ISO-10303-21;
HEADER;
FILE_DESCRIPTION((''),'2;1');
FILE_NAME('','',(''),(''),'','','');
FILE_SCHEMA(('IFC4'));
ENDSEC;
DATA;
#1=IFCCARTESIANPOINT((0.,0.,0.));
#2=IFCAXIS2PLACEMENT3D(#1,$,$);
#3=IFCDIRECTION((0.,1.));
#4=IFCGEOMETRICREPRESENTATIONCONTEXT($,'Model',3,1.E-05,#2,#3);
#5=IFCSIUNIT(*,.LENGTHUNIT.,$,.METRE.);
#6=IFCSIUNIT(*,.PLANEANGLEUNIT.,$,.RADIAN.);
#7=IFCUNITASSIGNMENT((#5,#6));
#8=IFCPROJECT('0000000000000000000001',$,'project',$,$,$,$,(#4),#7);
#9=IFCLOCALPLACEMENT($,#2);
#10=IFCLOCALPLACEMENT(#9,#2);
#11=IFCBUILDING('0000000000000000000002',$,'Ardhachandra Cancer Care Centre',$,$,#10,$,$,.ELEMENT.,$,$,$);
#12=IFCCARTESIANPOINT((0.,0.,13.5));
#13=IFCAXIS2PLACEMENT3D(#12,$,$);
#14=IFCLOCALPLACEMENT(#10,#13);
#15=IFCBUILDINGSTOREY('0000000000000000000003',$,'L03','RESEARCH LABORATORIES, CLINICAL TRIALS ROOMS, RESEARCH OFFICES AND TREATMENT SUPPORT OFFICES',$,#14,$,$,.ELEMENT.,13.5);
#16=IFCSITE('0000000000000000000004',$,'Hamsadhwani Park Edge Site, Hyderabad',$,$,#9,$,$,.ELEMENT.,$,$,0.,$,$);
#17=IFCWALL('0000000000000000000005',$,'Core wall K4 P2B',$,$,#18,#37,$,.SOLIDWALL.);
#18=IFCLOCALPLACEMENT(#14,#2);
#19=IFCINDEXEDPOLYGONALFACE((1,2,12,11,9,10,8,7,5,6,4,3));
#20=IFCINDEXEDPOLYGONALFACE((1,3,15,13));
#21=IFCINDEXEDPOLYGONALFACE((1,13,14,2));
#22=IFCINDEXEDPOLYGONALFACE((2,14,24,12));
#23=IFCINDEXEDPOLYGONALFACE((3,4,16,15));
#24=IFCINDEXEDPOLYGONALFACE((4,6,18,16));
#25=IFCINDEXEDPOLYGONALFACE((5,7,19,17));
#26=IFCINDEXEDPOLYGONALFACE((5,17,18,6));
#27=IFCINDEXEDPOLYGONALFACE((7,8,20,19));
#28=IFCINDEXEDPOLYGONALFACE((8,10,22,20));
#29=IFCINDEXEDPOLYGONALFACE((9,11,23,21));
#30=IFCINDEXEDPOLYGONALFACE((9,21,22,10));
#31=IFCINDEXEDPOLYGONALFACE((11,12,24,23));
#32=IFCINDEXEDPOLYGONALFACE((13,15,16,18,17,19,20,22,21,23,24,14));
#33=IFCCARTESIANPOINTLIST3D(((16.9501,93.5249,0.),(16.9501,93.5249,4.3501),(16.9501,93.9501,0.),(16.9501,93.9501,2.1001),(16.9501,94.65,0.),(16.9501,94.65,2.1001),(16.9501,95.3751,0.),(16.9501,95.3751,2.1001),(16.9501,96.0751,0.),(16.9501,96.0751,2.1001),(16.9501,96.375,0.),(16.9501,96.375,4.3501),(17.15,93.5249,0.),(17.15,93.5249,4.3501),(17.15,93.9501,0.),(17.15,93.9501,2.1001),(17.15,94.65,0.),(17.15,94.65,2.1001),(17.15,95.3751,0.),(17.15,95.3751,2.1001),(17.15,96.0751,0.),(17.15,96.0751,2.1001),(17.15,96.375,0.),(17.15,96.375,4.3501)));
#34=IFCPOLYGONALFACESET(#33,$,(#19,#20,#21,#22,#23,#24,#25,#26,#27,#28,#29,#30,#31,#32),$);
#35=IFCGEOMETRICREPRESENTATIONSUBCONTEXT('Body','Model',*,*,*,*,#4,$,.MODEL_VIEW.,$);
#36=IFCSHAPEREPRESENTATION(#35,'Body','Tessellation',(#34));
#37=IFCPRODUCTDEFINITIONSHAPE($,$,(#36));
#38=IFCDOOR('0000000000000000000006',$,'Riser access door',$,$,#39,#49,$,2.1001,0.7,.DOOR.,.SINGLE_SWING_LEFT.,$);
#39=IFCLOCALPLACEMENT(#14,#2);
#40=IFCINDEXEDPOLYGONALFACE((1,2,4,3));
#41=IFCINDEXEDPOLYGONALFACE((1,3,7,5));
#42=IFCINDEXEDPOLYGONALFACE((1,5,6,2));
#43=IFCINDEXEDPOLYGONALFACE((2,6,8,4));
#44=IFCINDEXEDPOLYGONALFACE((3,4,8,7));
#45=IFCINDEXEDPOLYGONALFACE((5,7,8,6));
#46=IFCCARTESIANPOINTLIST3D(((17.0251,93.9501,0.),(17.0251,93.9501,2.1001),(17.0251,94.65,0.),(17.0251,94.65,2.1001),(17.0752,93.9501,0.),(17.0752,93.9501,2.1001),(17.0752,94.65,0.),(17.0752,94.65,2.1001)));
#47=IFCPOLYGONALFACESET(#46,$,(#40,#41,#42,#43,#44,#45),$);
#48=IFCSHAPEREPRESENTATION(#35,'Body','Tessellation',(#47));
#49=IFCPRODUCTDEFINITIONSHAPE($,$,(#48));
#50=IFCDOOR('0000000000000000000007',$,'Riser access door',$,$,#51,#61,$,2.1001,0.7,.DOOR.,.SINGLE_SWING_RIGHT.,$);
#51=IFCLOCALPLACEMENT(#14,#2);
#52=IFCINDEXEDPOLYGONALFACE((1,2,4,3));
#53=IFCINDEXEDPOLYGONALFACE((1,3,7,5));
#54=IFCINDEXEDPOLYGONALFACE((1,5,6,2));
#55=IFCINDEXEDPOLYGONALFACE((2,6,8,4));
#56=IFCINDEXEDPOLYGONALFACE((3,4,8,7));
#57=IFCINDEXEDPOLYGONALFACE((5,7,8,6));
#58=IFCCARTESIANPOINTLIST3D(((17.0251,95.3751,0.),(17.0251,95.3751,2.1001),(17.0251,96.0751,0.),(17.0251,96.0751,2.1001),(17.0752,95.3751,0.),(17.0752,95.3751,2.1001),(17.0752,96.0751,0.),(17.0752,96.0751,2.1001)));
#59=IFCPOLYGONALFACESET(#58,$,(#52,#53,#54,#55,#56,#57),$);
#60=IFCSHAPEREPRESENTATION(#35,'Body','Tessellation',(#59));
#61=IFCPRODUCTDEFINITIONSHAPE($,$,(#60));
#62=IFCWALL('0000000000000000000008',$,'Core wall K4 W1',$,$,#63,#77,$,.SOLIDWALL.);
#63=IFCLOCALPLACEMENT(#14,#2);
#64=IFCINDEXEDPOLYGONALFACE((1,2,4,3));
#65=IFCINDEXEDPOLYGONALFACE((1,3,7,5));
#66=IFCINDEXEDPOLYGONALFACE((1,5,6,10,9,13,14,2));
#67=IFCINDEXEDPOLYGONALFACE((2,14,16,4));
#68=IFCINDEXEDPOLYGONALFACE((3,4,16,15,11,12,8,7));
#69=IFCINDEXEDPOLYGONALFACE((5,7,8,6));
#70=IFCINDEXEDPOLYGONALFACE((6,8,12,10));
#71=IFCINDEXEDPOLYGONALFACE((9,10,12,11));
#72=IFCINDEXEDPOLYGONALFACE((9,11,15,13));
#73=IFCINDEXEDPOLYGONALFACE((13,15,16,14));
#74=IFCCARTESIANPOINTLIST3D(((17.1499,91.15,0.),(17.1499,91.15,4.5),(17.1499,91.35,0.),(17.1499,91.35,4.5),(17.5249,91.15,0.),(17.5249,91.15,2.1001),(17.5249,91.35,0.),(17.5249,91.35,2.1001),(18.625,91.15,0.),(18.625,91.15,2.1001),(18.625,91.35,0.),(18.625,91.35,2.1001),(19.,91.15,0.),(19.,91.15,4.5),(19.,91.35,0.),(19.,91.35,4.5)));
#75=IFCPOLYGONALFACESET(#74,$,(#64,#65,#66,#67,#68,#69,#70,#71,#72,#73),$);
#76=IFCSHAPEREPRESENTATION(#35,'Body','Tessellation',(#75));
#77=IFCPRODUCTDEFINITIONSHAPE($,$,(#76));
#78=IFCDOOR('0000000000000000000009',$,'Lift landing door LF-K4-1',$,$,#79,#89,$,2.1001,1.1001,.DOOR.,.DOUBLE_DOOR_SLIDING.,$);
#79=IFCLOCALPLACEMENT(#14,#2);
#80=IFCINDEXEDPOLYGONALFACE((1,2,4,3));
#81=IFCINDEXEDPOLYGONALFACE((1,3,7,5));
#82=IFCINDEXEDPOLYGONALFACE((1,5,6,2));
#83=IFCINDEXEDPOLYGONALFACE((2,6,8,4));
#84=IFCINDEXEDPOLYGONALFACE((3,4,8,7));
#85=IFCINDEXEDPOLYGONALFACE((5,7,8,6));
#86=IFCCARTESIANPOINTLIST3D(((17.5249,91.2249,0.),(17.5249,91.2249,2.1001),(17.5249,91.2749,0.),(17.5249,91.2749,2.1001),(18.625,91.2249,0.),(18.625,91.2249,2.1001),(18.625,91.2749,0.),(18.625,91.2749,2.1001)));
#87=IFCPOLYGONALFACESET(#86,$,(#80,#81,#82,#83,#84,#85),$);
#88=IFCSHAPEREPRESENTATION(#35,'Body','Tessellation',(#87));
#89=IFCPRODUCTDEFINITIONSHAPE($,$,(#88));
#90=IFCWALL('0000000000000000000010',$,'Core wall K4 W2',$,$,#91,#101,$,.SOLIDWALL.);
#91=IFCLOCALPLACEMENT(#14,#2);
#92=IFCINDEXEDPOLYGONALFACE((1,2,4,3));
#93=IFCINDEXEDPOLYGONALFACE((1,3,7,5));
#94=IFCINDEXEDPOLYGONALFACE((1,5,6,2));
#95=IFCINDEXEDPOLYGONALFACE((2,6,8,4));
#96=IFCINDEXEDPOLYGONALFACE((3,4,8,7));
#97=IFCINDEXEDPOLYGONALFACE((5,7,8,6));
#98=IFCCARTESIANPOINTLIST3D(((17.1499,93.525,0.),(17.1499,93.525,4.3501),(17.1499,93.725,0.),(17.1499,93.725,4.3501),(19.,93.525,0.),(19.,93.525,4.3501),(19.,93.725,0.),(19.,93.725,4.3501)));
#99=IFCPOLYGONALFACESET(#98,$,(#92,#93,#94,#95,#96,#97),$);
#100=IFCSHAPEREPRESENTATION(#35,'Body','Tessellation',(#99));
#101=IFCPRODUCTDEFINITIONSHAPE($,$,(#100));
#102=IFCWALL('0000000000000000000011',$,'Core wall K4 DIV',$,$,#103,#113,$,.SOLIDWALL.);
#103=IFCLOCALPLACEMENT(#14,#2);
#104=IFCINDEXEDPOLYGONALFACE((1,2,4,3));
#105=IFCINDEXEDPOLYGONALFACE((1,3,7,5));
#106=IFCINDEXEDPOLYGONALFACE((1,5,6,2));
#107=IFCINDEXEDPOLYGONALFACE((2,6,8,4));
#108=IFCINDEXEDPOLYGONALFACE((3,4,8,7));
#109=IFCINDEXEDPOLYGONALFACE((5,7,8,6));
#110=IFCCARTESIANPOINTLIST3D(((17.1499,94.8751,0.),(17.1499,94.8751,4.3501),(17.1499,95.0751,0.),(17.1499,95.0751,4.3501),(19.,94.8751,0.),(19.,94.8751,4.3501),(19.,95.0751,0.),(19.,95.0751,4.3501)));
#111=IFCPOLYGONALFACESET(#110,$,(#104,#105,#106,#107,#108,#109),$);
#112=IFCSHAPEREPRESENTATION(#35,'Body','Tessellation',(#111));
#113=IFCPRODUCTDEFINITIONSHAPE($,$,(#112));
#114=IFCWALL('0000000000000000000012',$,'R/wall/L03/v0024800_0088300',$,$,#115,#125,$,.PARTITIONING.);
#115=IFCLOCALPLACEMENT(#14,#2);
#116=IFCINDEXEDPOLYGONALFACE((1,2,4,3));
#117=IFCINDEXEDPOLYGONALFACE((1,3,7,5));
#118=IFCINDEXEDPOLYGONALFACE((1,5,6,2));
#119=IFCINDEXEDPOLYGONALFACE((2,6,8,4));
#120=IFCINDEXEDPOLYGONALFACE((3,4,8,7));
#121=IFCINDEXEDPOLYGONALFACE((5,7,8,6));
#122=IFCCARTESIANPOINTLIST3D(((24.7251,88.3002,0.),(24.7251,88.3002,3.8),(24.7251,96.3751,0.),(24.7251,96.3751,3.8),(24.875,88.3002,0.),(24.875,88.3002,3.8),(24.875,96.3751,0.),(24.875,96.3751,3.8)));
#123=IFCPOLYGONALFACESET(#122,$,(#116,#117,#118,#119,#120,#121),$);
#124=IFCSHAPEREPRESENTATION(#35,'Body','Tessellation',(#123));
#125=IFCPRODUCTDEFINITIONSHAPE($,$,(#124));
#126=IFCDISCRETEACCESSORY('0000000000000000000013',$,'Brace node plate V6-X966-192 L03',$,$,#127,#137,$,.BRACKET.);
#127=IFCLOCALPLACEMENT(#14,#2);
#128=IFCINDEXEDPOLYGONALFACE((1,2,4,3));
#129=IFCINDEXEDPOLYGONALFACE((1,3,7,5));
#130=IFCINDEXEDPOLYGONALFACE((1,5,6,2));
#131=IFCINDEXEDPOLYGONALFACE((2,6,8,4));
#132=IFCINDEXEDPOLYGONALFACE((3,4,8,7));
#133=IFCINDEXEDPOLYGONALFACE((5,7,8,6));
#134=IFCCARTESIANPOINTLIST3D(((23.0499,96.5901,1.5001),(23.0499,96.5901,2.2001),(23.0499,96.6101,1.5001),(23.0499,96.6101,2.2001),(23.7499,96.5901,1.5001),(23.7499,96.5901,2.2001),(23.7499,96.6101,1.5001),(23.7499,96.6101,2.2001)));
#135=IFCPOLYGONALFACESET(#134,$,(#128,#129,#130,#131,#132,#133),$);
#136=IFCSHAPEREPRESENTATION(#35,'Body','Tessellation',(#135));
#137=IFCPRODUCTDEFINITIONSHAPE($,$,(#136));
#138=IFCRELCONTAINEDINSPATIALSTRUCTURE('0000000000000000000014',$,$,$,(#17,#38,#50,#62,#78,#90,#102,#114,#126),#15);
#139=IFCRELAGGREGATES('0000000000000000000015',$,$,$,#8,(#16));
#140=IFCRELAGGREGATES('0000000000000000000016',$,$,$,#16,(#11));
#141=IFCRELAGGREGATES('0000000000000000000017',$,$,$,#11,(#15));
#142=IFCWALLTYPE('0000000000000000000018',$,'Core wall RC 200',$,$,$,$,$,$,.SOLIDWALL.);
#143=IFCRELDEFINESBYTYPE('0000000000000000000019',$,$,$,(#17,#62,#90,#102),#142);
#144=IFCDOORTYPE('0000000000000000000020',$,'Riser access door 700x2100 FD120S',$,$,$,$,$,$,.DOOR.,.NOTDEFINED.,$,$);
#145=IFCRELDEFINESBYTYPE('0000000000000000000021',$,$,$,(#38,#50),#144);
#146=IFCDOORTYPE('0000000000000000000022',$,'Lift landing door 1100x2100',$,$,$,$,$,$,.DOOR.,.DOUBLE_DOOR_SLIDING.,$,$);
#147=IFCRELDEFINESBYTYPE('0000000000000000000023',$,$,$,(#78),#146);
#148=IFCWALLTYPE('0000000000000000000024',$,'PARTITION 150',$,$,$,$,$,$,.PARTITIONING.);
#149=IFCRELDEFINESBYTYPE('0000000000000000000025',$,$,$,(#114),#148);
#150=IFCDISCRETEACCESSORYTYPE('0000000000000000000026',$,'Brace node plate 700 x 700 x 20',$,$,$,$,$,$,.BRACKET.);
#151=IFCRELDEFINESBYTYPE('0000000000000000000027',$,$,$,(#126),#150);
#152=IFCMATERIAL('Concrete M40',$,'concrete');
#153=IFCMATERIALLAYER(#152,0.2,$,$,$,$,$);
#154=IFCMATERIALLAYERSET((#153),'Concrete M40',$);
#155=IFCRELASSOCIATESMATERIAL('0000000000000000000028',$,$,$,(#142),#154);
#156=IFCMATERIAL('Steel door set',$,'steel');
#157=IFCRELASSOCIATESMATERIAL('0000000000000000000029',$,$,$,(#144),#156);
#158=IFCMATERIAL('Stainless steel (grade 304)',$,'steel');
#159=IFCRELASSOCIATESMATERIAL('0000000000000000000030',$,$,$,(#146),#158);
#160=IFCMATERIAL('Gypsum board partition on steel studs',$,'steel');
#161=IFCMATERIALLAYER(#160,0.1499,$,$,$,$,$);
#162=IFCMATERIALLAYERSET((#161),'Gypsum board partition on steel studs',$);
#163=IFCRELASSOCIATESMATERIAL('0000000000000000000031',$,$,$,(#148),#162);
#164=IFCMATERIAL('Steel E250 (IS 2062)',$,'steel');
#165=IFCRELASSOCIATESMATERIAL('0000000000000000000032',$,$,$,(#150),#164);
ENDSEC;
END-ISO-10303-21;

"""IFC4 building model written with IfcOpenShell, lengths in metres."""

from ifc_helpers import new_model, si_unit, direction, frame, frame_2d, origin, origin_2d, place, context, subcontext, project, spatial, rectangle, extrude, material, layer, layer_set, material_profile, profile_set, type_object, element, fill, save


model = new_model("IFC4")

# Units and contexts
model_context = context("Model", 3, precision=1e-05, world=origin(), true_north=direction((0.0, 1.0)))
body_context = subcontext(model_context, "Body", "Model", "MODEL_VIEW")
ifc_project = project(units=[si_unit("LENGTHUNIT", "METRE"), si_unit("PLANEANGLEUNIT", "RADIAN")], contexts=[model_context])

# Site, building, storey
site_placement = place(None, origin())
site = spatial("IfcSite", under=ifc_project, at=site_placement, Name="Hamsadhwani Park Edge Site, Hyderabad", CompositionType="ELEMENT", RefElevation=0.0)
building_placement = place(site_placement, origin())
building = spatial("IfcBuilding", under=site, at=building_placement, Name="Ardhachandra Cancer Care Centre", CompositionType="ELEMENT")
storey_placement = place(building_placement, frame((0.0, 0.0, 13.5)))
storey = spatial("IfcBuildingStorey", under=building, at=storey_placement, Name="L03", Description="RESEARCH LABORATORIES, CLINICAL TRIALS ROOMS, RESEARCH OFFICES AND TREATMENT SUPPORT OFFICES", CompositionType="ELEMENT", Elevation=13.5)

# Shared definitions
ifc_material_1 = material(Name="Concrete M40", Category="concrete")
ifc_layer_1 = layer(ifc_material_1, 0.2)
ifc_layer_set_1 = layer_set([ifc_layer_1], Name="Concrete M40")
wall_type_1 = type_object("IfcWallType", Name="Core wall RC 200", PredefinedType="SOLIDWALL", material=ifc_layer_set_1)

# Wall, openings, doors
wall_1_placement = place(storey_placement, frame((17.05, 93.5249, 0.0), z_axis=(0.0, 0.0, 1.0), x_axis=(0.0, 1.0, 0.0)))
wall_1 = element("IfcWall", 1, at=wall_1_placement, inside=storey, type_object=wall_type_1, Name="Core wall K4 P2B", PredefinedType="SOLIDWALL", context=body_context, shape_type="SweptSolid", body=[
    extrude(rectangle(XDim=2.8501, YDim=0.2, at=frame_2d((1.425, 0.0))), origin(), (0.0, 0.0, 1.0), 4.3501),
])
opening_1_placement = place(wall_1_placement, frame((0.425, 0.0, 0.0)))
opening_1 = element("IfcOpeningElement", 2, at=opening_1_placement, cuts=wall_1, PredefinedType="OPENING", context=body_context, shape_type="SweptSolid", body=[
    extrude(rectangle(XDim=0.7, YDim=2.1001, at=frame_2d((0.3501, 1.05))), frame((0.0, 0.1099, 0.0), z_axis=(0.0, -1.0, 0.0), x_axis=(1.0, 0.0, 0.0)), (0.0, 0.0, 1.0), 0.22),
])
opening_2_placement = place(wall_1_placement, frame((1.8501, 0.0, 0.0)))
opening_2 = element("IfcOpeningElement", 3, at=opening_2_placement, cuts=wall_1, PredefinedType="OPENING", context=body_context, shape_type="SweptSolid", body=[
    extrude(rectangle(XDim=0.7, YDim=2.1001, at=frame_2d((0.3501, 1.05))), frame((0.0, 0.1099, 0.0), z_axis=(0.0, -1.0, 0.0), x_axis=(1.0, 0.0, 0.0)), (0.0, 0.0, 1.0), 0.22),
])
ifc_material_2 = material(Name="Steel door set", Category="steel")
door_type_1 = type_object("IfcDoorType", Name="Riser access door 700x2100 FD120S", OperationType="NOTDEFINED", PredefinedType="DOOR", material=ifc_material_2)
door_1_placement = place(opening_1_placement, origin())
door_1 = element("IfcDoor", 4, at=door_1_placement, inside=storey, type_object=door_type_1, Name="Riser access door", OperationType="SINGLE_SWING_LEFT", OverallHeight=2.1001, OverallWidth=0.7, PredefinedType="DOOR", context=body_context, shape_type="SweptSolid", body=[
    extrude(rectangle(XDim=0.7, YDim=2.1001, at=frame_2d((0.3501, 1.05))), frame((0.0, 0.0249, 0.0), z_axis=(0.0, -1.0, 0.0), x_axis=(1.0, 0.0, 0.0)), (0.0, 0.0, 1.0), 0.05),
])
fill(opening_1, door_1)
door_2_placement = place(opening_2_placement, origin())
door_2 = element("IfcDoor", 5, at=door_2_placement, inside=storey, type_object=door_type_1, Name="Riser access door", OperationType="SINGLE_SWING_RIGHT", OverallHeight=2.1001, OverallWidth=0.7, PredefinedType="DOOR", context=body_context, shape_type="SweptSolid", body=[
    extrude(rectangle(XDim=0.7, YDim=2.1001, at=frame_2d((0.3501, 1.05))), frame((0.0, 0.0249, 0.0), z_axis=(0.0, -1.0, 0.0), x_axis=(1.0, 0.0, 0.0)), (0.0, 0.0, 1.0), 0.05),
])
fill(opening_2, door_2)

# Wall, opening, door
wall_2_placement = place(storey_placement, frame((17.1499, 91.25, 0.0), z_axis=(0.0, 0.0, 1.0), x_axis=(1.0, 0.0, 0.0)))
wall_2 = element("IfcWall", 6, at=wall_2_placement, inside=storey, type_object=wall_type_1, Name="Core wall K4 W1", PredefinedType="SOLIDWALL", context=body_context, shape_type="SweptSolid", body=[
    extrude(rectangle(XDim=1.8501, YDim=0.2, at=frame_2d((0.925, 0.0))), origin(), (0.0, 0.0, 1.0), 4.5),
])
opening_3_placement = place(wall_2_placement, frame((0.375, 0.0, 0.0)))
opening_3 = element("IfcOpeningElement", 7, at=opening_3_placement, cuts=wall_2, PredefinedType="OPENING", context=body_context, shape_type="SweptSolid", body=[
    extrude(rectangle(XDim=1.1001, YDim=2.1001, at=frame_2d((0.55, 1.05))), frame((0.0, 0.1099, 0.0), z_axis=(0.0, -1.0, 0.0), x_axis=(1.0, 0.0, 0.0)), (0.0, 0.0, 1.0), 0.22),
])
ifc_material_3 = material(Name="Stainless steel (grade 304)", Category="steel")
door_type_2 = type_object("IfcDoorType", Name="Lift landing door 1100x2100", OperationType="DOUBLE_DOOR_SLIDING", PredefinedType="DOOR", material=ifc_material_3)
door_3_placement = place(opening_3_placement, origin())
door_3 = element("IfcDoor", 8, at=door_3_placement, inside=storey, type_object=door_type_2, Name="Lift landing door LF-K4-1", OperationType="DOUBLE_DOOR_SLIDING", OverallHeight=2.1001, OverallWidth=1.1001, PredefinedType="DOOR", context=body_context, shape_type="SweptSolid", body=[
    extrude(rectangle(XDim=1.1001, YDim=2.1001, at=frame_2d((0.55, 1.05))), frame((0.0, 0.0249, 0.0), z_axis=(0.0, -1.0, 0.0), x_axis=(1.0, 0.0, 0.0)), (0.0, 0.0, 1.0), 0.05),
])
fill(opening_3, door_3)

# Walls
for number, where, z_axis, x_axis, name in (
    (9, (17.1499, 93.625, 0.0), (0.0, 0.0, 1.0), (1.0, 0.0, 0.0), "Core wall K4 W2"),
    (10, (17.1499, 94.9751, 0.0), (0.0, 0.0, 1.0), (1.0, 0.0, 0.0), "Core wall K4 DIV"),
):
    element("IfcWall", number, at=place(storey_placement, frame(where, z_axis=z_axis, x_axis=x_axis)), inside=storey, type_object=wall_type_1, Name=name, PredefinedType="SOLIDWALL", context=body_context, shape_type="SweptSolid", body=[
        extrude(rectangle(XDim=1.8501, YDim=0.2, at=frame_2d((0.925, 0.0))), origin(), (0.0, 0.0, 1.0), 4.3501),
    ])
ifc_material_4 = material(Name="Gypsum board partition on steel studs", Category="steel")
ifc_layer_2 = layer(ifc_material_4, 0.1499)
ifc_layer_set_2 = layer_set([ifc_layer_2], Name="Gypsum board partition on steel studs")
wall_type_2 = type_object("IfcWallType", Name="PARTITION 150", PredefinedType="PARTITIONING", material=ifc_layer_set_2)
wall_3_placement = place(storey_placement, frame((24.8, 88.3, 0.0), z_axis=(0.0, 0.0, 1.0), x_axis=(0.0, 1.0, 0.0)))
element("IfcWall", 11, at=wall_3_placement, inside=storey, type_object=wall_type_2, Name="R/wall/L03/v0024800_0088300", PredefinedType="PARTITIONING", context=body_context, shape_type="SweptSolid", body=[
    extrude(rectangle(XDim=8.075, YDim=0.1499, at=frame_2d((4.0376, 0.0))), origin(), (0.0, 0.0, 1.0), 3.8),
])

# Discrete accessory
ifc_material_5 = material(Name="Steel E250 (IS 2062)", Category="steel")
ifc_material_profile_1 = material_profile(ifc_material_5, rectangle(XDim=0.7, YDim=0.7, at=origin_2d()), Name="PL 700x700x20")
ifc_profile_set_1 = profile_set([ifc_material_profile_1], Name="Steel E250 (IS 2062)")
discrete_accessory_type = type_object("IfcDiscreteAccessoryType", Name="Brace node plate 700 x 700 x 20", PredefinedType="BRACKET", material=ifc_profile_set_1)
discrete_accessory_placement = place(storey_placement, frame((23.3999, 96.5901, 1.8501), z_axis=(0.0, 1.0, 0.0), x_axis=(-1.0, 0.0, 0.0)))
element("IfcDiscreteAccessory", 12, at=discrete_accessory_placement, inside=storey, type_object=discrete_accessory_type, Name="Brace node plate V6-X966-192 L03", PredefinedType="BRACKET", context=body_context, shape_type="SweptSolid", body=[
    extrude(rectangle(XDim=0.7, YDim=0.7, at=origin_2d()), origin(), (0.0, 0.0, 1.0), 0.02),
])

save(model, "model.ifc")
